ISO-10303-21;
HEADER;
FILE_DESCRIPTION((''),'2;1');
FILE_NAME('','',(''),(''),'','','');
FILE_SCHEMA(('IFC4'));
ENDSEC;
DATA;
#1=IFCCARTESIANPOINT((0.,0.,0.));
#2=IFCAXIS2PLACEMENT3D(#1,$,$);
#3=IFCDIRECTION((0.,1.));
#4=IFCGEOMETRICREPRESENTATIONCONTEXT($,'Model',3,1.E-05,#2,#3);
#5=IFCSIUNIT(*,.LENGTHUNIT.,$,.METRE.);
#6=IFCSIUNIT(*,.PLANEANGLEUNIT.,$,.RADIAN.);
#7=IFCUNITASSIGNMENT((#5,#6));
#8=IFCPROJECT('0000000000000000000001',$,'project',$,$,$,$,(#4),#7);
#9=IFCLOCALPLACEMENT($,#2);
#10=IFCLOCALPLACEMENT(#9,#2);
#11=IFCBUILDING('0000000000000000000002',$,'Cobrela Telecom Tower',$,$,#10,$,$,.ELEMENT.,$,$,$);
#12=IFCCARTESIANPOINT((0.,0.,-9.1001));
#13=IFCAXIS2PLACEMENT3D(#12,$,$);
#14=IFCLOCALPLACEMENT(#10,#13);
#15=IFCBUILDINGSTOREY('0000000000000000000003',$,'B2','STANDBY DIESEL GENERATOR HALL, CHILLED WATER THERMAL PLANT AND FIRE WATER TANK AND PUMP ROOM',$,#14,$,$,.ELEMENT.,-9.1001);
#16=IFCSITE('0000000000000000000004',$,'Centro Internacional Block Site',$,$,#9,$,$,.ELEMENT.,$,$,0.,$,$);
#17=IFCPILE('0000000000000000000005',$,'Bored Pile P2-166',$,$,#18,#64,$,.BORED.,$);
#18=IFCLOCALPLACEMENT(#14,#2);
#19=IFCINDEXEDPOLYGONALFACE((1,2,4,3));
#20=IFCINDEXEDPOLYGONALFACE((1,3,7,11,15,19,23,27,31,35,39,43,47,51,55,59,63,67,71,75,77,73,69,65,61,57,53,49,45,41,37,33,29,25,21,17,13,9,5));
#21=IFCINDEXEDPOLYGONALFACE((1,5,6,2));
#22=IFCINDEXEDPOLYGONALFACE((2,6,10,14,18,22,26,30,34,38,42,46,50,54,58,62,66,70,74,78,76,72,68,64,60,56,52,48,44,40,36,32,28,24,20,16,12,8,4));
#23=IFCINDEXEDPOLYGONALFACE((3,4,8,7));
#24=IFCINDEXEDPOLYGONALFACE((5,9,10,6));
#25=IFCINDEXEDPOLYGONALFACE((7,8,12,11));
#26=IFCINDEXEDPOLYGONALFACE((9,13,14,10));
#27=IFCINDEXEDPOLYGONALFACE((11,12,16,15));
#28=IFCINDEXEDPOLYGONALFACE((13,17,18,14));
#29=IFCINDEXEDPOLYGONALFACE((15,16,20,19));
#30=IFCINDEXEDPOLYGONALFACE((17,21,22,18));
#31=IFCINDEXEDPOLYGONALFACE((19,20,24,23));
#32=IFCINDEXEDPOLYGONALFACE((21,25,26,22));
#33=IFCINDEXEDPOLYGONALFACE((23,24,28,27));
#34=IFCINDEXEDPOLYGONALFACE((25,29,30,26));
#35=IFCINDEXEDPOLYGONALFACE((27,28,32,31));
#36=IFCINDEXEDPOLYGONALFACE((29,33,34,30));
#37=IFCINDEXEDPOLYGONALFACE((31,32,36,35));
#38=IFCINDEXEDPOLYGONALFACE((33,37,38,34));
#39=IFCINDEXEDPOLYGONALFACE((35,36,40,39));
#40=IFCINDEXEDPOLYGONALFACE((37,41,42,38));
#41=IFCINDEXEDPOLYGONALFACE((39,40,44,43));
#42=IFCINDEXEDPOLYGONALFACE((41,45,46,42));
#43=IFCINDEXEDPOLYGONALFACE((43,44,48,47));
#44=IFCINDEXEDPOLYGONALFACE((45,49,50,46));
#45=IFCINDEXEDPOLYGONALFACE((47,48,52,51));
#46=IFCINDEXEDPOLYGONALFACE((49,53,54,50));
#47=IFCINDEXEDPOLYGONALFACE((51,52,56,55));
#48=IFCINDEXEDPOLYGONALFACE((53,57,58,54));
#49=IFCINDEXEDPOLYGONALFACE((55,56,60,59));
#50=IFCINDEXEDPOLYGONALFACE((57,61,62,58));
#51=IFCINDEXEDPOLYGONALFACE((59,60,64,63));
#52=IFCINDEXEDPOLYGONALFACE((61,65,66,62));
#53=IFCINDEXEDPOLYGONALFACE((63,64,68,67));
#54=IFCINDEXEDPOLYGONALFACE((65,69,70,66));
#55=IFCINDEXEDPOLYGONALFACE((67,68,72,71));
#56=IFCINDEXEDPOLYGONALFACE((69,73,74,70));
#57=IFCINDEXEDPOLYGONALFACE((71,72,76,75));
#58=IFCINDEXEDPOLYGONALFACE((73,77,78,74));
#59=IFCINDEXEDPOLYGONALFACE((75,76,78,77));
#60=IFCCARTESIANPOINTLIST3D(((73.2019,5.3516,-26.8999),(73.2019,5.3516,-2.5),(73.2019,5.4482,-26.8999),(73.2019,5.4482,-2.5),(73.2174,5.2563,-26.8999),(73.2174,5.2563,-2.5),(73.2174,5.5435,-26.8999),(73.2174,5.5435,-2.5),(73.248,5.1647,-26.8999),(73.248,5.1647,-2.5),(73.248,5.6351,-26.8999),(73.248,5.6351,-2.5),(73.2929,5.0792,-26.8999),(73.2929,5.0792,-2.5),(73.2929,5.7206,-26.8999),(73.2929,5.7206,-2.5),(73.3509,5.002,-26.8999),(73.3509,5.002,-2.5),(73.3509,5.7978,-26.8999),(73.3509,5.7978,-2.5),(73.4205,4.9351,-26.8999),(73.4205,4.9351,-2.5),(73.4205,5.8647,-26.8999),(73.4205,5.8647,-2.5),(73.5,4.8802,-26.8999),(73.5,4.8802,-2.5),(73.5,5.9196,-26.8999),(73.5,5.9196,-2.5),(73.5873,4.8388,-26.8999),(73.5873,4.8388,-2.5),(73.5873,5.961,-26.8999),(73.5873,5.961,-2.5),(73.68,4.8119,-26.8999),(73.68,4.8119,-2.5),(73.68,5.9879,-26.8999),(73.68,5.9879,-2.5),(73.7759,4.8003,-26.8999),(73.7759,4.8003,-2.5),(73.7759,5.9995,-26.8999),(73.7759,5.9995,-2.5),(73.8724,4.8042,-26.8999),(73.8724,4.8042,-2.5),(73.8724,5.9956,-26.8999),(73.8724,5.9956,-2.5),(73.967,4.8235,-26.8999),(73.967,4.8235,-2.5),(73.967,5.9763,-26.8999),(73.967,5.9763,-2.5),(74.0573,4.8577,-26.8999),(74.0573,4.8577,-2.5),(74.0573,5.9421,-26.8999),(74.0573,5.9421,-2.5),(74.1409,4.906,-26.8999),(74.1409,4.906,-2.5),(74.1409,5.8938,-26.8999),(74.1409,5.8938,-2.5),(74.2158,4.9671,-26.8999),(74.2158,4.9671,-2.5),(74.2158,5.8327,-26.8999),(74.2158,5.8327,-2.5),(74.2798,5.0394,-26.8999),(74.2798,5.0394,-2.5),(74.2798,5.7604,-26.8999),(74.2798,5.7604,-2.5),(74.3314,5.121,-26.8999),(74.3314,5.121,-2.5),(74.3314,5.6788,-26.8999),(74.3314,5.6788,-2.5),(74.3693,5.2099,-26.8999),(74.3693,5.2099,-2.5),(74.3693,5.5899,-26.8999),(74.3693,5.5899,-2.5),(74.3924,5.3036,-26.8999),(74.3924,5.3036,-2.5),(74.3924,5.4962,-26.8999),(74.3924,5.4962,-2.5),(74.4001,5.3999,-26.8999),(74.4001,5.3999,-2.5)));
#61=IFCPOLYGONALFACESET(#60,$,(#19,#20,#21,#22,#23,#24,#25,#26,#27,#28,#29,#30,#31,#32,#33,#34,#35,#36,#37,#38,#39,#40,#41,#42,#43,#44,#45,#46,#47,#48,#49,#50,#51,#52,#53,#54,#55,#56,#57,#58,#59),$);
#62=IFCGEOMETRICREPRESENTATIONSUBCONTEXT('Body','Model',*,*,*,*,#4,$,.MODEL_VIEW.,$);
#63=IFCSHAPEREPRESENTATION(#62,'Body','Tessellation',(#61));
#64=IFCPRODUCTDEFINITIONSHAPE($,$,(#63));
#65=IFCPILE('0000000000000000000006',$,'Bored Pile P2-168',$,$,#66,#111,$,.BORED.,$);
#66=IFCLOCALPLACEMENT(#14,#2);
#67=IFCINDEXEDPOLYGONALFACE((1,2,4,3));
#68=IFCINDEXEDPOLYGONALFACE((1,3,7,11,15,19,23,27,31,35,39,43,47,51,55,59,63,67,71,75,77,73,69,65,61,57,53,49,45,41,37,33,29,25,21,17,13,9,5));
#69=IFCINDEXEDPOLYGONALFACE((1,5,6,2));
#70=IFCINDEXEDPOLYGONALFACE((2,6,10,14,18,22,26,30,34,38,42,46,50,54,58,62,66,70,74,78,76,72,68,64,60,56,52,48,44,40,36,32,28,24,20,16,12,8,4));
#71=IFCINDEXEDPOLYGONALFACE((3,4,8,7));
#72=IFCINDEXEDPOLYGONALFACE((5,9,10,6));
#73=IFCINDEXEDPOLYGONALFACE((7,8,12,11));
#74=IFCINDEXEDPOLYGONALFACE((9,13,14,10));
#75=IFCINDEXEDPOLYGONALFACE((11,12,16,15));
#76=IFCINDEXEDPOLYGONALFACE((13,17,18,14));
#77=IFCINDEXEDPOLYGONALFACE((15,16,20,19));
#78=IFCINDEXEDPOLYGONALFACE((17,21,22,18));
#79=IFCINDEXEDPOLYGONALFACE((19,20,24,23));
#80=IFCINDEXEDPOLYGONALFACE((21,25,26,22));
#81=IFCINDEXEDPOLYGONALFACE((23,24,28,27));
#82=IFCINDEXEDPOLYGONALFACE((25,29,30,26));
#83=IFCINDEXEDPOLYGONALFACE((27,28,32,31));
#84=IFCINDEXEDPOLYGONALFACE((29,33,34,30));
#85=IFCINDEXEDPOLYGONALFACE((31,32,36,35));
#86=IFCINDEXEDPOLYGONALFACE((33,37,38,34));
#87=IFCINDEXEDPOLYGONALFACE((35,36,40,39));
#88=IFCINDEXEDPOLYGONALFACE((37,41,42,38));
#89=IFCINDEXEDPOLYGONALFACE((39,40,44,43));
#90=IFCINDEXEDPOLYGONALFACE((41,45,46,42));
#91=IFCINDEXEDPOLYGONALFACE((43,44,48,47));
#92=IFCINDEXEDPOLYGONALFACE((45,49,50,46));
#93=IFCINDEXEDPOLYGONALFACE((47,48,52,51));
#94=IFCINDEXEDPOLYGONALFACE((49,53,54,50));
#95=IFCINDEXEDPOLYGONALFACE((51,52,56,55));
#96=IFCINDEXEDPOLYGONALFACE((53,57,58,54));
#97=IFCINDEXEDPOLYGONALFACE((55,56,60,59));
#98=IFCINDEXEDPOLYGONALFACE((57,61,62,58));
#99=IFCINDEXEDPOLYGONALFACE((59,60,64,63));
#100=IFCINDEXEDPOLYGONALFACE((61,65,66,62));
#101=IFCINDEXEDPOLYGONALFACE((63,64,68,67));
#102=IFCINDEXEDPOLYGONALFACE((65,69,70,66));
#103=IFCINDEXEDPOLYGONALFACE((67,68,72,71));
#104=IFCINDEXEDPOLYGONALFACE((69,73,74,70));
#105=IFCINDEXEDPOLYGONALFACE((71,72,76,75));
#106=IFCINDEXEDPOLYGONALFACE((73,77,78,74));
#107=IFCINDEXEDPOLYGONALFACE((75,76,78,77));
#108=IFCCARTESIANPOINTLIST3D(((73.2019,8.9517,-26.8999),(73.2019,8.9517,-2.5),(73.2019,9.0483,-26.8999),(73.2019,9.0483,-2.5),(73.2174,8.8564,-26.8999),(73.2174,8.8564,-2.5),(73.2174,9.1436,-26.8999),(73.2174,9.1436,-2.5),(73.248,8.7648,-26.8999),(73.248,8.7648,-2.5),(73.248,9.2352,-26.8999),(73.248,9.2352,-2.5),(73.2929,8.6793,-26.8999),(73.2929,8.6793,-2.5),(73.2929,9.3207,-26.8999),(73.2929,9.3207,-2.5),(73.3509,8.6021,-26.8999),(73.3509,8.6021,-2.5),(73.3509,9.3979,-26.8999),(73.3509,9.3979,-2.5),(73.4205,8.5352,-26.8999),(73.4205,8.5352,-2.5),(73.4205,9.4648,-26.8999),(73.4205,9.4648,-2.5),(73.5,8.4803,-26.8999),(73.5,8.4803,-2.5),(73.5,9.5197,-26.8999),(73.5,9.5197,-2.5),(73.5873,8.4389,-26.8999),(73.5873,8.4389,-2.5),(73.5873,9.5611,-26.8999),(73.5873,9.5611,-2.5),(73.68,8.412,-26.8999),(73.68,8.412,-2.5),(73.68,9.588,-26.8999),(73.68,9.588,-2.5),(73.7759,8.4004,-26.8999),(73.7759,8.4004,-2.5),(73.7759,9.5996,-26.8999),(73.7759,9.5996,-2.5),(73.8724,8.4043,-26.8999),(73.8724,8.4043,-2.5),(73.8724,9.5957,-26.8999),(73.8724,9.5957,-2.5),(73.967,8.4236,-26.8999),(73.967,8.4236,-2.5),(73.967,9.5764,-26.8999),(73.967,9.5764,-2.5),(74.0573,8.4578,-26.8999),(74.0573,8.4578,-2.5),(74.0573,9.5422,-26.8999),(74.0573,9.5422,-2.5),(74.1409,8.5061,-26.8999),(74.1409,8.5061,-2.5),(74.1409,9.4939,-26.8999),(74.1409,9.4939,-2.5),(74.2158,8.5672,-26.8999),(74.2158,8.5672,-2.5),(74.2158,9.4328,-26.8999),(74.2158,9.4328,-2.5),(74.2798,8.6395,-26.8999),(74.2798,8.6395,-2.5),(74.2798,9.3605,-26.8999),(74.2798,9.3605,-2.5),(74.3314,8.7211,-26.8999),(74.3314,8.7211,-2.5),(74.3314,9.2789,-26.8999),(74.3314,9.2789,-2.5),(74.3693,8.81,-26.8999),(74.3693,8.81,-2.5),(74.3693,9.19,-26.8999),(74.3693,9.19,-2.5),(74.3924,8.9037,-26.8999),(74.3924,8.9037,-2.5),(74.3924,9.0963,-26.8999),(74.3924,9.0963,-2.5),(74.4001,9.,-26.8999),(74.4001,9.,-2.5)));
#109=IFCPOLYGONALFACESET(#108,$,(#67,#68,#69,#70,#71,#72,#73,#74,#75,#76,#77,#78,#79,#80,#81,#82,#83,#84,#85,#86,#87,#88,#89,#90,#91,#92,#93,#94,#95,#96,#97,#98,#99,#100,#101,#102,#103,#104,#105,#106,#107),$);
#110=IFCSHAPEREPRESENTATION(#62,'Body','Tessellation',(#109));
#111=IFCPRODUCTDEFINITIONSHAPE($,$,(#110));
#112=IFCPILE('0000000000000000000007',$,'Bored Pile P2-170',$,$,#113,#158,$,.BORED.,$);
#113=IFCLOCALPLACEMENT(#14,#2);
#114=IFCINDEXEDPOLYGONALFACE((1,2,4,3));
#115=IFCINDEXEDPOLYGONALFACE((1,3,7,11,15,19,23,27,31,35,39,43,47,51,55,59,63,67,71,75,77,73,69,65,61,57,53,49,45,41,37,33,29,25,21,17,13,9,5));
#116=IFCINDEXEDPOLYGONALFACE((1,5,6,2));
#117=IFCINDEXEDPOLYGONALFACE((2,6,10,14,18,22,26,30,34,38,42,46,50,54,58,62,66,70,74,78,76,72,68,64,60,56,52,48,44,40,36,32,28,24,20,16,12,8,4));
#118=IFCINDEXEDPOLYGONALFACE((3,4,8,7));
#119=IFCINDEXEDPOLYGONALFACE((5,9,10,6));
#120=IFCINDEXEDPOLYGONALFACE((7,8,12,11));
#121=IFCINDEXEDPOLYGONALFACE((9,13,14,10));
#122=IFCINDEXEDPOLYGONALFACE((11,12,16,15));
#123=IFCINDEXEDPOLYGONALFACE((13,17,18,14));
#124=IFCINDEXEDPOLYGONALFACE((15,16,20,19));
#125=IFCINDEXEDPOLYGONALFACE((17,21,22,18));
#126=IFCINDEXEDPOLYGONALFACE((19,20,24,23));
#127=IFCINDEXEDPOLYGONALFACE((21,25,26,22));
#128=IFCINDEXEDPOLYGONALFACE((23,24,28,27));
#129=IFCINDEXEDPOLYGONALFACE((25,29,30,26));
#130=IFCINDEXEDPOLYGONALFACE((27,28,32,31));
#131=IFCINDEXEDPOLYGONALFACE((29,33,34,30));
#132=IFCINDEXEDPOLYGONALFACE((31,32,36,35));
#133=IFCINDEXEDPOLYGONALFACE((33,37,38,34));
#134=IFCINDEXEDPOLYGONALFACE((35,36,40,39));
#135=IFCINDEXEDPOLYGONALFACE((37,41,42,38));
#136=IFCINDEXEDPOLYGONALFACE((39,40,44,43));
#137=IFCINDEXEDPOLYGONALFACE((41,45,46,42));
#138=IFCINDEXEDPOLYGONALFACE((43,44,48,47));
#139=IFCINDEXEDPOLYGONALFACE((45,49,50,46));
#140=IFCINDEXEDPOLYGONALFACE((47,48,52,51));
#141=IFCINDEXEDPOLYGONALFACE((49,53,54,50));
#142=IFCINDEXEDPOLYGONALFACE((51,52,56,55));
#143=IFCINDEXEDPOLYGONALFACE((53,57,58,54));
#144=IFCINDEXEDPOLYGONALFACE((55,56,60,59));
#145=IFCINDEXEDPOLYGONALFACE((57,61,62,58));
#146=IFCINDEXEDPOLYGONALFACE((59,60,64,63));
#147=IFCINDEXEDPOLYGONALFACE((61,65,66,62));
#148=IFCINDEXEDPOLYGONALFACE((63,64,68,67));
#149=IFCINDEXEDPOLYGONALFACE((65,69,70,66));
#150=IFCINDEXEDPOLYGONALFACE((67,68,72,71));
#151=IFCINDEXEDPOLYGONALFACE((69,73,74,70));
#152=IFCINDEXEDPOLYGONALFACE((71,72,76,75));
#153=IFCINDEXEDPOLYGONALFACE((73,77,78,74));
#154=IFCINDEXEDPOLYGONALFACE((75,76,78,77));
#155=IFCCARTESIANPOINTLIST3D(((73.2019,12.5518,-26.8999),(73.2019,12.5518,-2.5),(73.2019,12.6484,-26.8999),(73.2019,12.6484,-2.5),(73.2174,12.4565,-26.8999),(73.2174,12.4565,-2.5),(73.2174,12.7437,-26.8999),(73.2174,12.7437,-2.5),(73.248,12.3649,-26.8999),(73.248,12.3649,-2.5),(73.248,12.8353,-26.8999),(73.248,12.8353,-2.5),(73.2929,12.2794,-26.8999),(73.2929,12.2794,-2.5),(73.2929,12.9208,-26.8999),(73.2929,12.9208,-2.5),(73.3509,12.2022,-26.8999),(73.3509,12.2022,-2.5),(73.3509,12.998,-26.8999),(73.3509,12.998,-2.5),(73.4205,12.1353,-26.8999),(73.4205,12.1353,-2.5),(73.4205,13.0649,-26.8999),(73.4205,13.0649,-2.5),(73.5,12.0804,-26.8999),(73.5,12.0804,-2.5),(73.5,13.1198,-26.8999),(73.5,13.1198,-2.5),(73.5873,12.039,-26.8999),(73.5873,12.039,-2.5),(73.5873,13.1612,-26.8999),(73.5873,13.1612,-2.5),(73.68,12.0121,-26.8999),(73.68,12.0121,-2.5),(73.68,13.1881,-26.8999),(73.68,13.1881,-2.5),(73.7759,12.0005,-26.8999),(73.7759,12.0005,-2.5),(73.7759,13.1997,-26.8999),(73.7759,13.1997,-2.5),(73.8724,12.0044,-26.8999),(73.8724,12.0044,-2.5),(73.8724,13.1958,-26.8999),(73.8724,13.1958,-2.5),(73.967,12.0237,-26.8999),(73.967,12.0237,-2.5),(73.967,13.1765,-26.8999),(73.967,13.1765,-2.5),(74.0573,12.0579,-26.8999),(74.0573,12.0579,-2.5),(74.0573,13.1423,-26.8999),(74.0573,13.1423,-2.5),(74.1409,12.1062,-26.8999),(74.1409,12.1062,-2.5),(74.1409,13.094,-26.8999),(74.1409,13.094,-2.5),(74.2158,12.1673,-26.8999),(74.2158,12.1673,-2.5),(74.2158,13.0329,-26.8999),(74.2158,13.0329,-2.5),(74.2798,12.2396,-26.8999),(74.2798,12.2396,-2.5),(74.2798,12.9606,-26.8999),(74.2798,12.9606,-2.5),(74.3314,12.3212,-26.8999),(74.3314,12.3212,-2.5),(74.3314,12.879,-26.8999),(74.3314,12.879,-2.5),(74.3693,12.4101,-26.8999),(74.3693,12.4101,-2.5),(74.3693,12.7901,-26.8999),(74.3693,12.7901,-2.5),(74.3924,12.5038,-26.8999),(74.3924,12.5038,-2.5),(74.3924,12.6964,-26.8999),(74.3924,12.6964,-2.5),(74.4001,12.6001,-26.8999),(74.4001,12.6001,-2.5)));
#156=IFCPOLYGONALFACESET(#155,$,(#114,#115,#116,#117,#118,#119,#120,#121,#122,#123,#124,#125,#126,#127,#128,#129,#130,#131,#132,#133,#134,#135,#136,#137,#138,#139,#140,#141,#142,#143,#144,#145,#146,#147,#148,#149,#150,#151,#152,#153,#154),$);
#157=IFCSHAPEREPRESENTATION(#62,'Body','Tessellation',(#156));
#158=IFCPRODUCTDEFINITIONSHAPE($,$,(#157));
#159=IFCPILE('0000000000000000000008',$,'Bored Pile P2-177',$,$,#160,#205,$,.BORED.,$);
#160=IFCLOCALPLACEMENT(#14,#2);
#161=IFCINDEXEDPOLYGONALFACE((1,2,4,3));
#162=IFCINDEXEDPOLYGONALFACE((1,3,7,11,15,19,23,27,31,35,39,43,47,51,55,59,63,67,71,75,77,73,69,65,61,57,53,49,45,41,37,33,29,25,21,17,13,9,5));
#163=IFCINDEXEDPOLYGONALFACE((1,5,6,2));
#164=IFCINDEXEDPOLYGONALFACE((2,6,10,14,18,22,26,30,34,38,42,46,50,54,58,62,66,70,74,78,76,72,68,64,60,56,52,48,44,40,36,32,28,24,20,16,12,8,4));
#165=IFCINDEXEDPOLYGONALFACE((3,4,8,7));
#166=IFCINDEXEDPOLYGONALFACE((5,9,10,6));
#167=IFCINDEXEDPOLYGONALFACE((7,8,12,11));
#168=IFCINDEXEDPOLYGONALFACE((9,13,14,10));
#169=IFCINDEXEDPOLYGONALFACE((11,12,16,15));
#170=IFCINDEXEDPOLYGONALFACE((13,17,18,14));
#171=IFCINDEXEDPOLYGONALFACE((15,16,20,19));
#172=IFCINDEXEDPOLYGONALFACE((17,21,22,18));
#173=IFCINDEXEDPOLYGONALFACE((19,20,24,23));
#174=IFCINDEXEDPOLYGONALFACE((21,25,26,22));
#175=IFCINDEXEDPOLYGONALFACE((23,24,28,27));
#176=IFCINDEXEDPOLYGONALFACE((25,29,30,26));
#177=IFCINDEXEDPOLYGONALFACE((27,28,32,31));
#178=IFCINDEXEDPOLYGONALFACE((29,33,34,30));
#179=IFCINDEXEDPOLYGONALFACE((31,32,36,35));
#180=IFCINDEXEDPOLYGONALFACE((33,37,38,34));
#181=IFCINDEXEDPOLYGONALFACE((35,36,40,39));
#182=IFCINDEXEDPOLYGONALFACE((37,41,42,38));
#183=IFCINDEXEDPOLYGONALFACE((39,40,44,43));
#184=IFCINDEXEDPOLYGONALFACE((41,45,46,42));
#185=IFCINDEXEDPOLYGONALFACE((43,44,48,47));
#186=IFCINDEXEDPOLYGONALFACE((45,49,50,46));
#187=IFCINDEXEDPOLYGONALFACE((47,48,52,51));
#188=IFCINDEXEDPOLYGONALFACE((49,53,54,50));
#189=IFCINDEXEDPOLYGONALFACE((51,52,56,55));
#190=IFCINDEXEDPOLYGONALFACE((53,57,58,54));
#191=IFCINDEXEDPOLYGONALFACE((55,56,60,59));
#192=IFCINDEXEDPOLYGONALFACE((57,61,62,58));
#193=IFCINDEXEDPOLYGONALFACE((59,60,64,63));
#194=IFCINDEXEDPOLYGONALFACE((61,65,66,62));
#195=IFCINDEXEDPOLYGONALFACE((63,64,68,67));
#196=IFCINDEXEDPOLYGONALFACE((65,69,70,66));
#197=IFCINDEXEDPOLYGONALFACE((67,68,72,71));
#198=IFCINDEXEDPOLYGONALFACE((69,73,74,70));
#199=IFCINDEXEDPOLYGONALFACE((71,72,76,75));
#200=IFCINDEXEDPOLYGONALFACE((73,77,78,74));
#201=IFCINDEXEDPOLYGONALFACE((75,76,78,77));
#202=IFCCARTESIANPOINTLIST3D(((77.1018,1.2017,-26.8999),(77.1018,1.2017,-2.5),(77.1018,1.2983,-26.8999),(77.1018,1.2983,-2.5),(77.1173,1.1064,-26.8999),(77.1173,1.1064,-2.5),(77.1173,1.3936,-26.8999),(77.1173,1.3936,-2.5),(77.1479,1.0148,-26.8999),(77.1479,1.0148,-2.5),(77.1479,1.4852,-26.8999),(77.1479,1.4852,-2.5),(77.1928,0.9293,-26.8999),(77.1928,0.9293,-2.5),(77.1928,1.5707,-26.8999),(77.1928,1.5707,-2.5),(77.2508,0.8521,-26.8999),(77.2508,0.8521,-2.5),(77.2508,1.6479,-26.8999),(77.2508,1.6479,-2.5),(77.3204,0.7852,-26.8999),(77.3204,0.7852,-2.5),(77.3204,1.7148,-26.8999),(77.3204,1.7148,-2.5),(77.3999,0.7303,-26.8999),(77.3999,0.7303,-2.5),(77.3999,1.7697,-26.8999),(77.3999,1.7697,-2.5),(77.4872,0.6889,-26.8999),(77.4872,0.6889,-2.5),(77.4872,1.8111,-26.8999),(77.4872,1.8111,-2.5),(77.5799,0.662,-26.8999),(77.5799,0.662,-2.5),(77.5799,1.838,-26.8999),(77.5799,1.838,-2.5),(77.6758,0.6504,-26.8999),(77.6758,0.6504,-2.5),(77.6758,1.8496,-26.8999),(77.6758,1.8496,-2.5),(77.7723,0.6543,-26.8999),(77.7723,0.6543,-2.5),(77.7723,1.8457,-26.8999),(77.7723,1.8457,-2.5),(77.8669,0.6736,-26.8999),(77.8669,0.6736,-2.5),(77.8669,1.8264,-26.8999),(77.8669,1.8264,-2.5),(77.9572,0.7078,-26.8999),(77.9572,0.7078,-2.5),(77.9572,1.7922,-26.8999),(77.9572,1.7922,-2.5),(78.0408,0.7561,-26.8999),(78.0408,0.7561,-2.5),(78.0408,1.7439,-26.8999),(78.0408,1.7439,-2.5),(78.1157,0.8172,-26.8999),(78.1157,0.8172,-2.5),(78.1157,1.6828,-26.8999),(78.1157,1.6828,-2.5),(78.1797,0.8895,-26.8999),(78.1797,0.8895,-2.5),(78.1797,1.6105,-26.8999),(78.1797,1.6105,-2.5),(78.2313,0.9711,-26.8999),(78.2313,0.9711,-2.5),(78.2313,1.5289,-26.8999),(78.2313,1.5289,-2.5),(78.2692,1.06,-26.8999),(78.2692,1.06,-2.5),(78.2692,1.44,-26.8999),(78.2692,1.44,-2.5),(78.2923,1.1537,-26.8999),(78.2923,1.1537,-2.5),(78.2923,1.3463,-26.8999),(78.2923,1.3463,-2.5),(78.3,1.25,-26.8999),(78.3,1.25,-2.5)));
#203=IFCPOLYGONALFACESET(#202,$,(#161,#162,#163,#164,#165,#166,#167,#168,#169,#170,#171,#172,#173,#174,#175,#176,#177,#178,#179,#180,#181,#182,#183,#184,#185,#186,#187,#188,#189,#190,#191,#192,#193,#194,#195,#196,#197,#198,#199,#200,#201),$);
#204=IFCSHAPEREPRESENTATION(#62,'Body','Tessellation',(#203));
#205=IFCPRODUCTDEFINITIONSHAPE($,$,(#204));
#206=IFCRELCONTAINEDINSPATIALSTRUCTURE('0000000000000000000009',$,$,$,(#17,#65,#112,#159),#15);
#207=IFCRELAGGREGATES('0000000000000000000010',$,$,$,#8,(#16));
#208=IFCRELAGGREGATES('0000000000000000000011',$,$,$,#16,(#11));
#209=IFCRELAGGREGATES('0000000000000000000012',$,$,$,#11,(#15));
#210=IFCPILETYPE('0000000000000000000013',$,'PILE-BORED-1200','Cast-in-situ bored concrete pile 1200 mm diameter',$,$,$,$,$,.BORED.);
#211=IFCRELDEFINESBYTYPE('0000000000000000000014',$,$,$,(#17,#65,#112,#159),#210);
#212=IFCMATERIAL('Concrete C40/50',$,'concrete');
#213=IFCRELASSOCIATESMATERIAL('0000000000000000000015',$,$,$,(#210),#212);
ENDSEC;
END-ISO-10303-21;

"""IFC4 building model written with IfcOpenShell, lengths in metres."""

from ifc_helpers import new_model, si_unit, direction, frame, origin, origin_2d, place, context, subcontext, project, spatial, circle, extrude, material, material_profile, profile_set, type_object, element, save


model = new_model("IFC4")

# Units and contexts
model_context = context("Model", 3, precision=1e-05, world=origin(), true_north=direction((0.0, 1.0)))
body_context = subcontext(model_context, "Body", "Model", "MODEL_VIEW")
ifc_project = project(units=[si_unit("LENGTHUNIT", "METRE"), si_unit("PLANEANGLEUNIT", "RADIAN")], contexts=[model_context])

# Site, building, storey
site_placement = place(None, origin())
site = spatial("IfcSite", under=ifc_project, at=site_placement, Name="Centro Internacional Block Site", CompositionType="ELEMENT", RefElevation=0.0)
building_placement = place(site_placement, origin())
building = spatial("IfcBuilding", under=site, at=building_placement, Name="Cobrela Telecom Tower", CompositionType="ELEMENT")
storey_placement = place(building_placement, frame((0.0, 0.0, -9.1001)))
storey = spatial("IfcBuildingStorey", under=building, at=storey_placement, Name="B2", Description="STANDBY DIESEL GENERATOR HALL, CHILLED WATER THERMAL PLANT AND FIRE WATER TANK AND PUMP ROOM", CompositionType="ELEMENT", Elevation=-9.1001)

# Shared definitions
ifc_material_1 = material(Name="Concrete C40/50", Category="concrete")

# Piles
ifc_material_profile_1 = material_profile(ifc_material_1, circle(Radius=0.6001, at=origin_2d()), Name="BORED PILE D1200")
ifc_profile_set_1 = profile_set([ifc_material_profile_1], Name="Concrete C40/50")
pile_type = type_object("IfcPileType", Name="PILE-BORED-1200", Description="Cast-in-situ bored concrete pile 1200 mm diameter", PredefinedType="BORED", material=ifc_profile_set_1)
for number, where, z_axis, x_axis, name in (
    (1, (73.8, 5.3999, -2.5), (0.0, 0.0, -1.0), (1.0, 0.0, 0.0), "Bored Pile P2-166"),
    (2, (73.8, 9.0, -2.5), (0.0, 0.0, -1.0), (1.0, 0.0, 0.0), "Bored Pile P2-168"),
    (3, (73.8, 12.6001, -2.5), (0.0, 0.0, -1.0), (1.0, 0.0, 0.0), "Bored Pile P2-170"),
    (4, (77.7, 1.25, -2.5), (0.0, 0.0, -1.0), (1.0, 0.0, 0.0), "Bored Pile P2-177"),
):
    element("IfcPile", number, at=place(storey_placement, frame(where, z_axis=z_axis, x_axis=x_axis)), inside=storey, type_object=pile_type, Name=name, PredefinedType="BORED", context=body_context, shape_type="SweptSolid", body=[
        extrude(circle(Radius=0.6001, at=origin_2d()), origin(), (0.0, 0.0, 1.0), 24.3999),
    ])

save(model, "model.ifc")
